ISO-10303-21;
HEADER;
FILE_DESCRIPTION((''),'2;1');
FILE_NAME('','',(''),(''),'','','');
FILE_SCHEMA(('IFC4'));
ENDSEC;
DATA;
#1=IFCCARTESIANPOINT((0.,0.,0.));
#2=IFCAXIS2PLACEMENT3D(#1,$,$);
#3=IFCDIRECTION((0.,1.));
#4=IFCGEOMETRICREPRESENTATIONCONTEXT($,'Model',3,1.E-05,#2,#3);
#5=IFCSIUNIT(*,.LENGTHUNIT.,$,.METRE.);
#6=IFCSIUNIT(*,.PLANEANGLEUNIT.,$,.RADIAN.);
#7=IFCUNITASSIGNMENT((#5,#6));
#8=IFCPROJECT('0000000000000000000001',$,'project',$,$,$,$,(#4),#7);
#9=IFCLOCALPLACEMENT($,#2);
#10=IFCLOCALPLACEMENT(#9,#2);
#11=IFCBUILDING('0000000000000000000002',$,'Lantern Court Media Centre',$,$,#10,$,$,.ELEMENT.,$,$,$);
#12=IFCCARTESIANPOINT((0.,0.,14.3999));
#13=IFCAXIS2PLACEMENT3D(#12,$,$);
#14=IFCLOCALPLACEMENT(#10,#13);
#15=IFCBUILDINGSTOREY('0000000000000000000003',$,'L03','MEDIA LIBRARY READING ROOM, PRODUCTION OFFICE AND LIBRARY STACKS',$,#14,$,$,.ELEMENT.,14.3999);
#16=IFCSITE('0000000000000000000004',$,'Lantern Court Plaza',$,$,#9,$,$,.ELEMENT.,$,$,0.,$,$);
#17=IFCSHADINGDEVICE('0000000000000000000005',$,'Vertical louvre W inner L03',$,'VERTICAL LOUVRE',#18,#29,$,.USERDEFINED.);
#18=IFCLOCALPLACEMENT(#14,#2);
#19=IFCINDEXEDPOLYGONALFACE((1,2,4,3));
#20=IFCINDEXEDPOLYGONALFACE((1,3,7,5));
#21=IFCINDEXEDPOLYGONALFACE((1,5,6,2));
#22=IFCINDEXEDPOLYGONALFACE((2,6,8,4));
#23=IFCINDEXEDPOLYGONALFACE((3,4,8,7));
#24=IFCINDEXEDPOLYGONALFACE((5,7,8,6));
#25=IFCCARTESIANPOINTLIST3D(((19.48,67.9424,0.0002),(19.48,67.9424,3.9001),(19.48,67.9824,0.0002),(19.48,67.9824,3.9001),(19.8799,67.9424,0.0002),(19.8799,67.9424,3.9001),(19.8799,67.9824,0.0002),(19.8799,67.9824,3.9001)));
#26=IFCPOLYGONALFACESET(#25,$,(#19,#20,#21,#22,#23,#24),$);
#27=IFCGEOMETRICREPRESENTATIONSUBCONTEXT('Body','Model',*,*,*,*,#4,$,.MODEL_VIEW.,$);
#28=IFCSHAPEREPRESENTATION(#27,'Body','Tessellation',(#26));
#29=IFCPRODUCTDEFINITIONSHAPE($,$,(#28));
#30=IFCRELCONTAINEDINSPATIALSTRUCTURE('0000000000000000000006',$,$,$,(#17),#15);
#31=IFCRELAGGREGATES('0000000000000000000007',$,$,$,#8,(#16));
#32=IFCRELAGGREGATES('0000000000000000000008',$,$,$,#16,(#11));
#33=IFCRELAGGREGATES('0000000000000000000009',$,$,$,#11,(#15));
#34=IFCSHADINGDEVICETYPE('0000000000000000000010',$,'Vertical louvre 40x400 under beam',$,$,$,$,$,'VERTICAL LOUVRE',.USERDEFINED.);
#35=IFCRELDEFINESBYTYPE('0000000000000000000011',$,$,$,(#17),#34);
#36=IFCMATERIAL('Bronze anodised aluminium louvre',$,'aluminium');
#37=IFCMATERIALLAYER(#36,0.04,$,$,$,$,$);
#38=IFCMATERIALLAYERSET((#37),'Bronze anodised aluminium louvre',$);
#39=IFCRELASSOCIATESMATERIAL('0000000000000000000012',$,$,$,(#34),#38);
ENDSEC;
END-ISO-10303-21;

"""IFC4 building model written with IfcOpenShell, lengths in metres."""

from ifc_helpers import new_model, si_unit, direction, frame, origin, origin_2d, place, context, subcontext, project, spatial, rectangle, extrude, material, layer, layer_set, type_object, element, save


model = new_model("IFC4")

# Units and contexts
model_context = context("Model", 3, precision=1e-05, world=origin(), true_north=direction((0.0, 1.0)))
body_context = subcontext(model_context, "Body", "Model", "MODEL_VIEW")
ifc_project = project(units=[si_unit("LENGTHUNIT", "METRE"), si_unit("PLANEANGLEUNIT", "RADIAN")], contexts=[model_context])

# Site, building, storey
site_placement = place(None, origin())
site = spatial("IfcSite", under=ifc_project, at=site_placement, Name="Lantern Court Plaza", CompositionType="ELEMENT", RefElevation=0.0)
building_placement = place(site_placement, origin())
building = spatial("IfcBuilding", under=site, at=building_placement, Name="Lantern Court Media Centre", CompositionType="ELEMENT")
storey_placement = place(building_placement, frame((0.0, 0.0, 14.3999)))
storey = spatial("IfcBuildingStorey", under=building, at=storey_placement, Name="L03", Description="MEDIA LIBRARY READING ROOM, PRODUCTION OFFICE AND LIBRARY STACKS", CompositionType="ELEMENT", Elevation=14.3999)

# Shading device
ifc_material_1 = material(Name="Bronze anodised aluminium louvre", Category="aluminium")
ifc_layer_1 = layer(ifc_material_1, 0.04)
ifc_layer_set_1 = layer_set([ifc_layer_1], Name="Bronze anodised aluminium louvre")
shading_device_type = type_object("IfcShadingDeviceType", Name="Vertical louvre 40x400 under beam", ElementType="VERTICAL LOUVRE", PredefinedType="USERDEFINED", material=ifc_layer_set_1)
for number, where, z_axis, x_axis, name in (
    (1, (19.6799, 67.9624, 0.0002), (0.0, 0.0, 1.0), (1.0, 0.0, 0.0), "Vertical louvre W inner L03"),
):
    element("IfcShadingDevice", number, at=place(storey_placement, frame(where, z_axis=z_axis, x_axis=x_axis)), inside=storey, type_object=shading_device_type, Name=name, ObjectType="VERTICAL LOUVRE", PredefinedType="USERDEFINED", context=body_context, shape_type="SweptSolid", body=[
        extrude(rectangle(XDim=0.3999, YDim=0.04, at=origin_2d()), origin(), (0.0, 0.0, 1.0), 3.8999),
    ])

save(model, "model.ifc")
